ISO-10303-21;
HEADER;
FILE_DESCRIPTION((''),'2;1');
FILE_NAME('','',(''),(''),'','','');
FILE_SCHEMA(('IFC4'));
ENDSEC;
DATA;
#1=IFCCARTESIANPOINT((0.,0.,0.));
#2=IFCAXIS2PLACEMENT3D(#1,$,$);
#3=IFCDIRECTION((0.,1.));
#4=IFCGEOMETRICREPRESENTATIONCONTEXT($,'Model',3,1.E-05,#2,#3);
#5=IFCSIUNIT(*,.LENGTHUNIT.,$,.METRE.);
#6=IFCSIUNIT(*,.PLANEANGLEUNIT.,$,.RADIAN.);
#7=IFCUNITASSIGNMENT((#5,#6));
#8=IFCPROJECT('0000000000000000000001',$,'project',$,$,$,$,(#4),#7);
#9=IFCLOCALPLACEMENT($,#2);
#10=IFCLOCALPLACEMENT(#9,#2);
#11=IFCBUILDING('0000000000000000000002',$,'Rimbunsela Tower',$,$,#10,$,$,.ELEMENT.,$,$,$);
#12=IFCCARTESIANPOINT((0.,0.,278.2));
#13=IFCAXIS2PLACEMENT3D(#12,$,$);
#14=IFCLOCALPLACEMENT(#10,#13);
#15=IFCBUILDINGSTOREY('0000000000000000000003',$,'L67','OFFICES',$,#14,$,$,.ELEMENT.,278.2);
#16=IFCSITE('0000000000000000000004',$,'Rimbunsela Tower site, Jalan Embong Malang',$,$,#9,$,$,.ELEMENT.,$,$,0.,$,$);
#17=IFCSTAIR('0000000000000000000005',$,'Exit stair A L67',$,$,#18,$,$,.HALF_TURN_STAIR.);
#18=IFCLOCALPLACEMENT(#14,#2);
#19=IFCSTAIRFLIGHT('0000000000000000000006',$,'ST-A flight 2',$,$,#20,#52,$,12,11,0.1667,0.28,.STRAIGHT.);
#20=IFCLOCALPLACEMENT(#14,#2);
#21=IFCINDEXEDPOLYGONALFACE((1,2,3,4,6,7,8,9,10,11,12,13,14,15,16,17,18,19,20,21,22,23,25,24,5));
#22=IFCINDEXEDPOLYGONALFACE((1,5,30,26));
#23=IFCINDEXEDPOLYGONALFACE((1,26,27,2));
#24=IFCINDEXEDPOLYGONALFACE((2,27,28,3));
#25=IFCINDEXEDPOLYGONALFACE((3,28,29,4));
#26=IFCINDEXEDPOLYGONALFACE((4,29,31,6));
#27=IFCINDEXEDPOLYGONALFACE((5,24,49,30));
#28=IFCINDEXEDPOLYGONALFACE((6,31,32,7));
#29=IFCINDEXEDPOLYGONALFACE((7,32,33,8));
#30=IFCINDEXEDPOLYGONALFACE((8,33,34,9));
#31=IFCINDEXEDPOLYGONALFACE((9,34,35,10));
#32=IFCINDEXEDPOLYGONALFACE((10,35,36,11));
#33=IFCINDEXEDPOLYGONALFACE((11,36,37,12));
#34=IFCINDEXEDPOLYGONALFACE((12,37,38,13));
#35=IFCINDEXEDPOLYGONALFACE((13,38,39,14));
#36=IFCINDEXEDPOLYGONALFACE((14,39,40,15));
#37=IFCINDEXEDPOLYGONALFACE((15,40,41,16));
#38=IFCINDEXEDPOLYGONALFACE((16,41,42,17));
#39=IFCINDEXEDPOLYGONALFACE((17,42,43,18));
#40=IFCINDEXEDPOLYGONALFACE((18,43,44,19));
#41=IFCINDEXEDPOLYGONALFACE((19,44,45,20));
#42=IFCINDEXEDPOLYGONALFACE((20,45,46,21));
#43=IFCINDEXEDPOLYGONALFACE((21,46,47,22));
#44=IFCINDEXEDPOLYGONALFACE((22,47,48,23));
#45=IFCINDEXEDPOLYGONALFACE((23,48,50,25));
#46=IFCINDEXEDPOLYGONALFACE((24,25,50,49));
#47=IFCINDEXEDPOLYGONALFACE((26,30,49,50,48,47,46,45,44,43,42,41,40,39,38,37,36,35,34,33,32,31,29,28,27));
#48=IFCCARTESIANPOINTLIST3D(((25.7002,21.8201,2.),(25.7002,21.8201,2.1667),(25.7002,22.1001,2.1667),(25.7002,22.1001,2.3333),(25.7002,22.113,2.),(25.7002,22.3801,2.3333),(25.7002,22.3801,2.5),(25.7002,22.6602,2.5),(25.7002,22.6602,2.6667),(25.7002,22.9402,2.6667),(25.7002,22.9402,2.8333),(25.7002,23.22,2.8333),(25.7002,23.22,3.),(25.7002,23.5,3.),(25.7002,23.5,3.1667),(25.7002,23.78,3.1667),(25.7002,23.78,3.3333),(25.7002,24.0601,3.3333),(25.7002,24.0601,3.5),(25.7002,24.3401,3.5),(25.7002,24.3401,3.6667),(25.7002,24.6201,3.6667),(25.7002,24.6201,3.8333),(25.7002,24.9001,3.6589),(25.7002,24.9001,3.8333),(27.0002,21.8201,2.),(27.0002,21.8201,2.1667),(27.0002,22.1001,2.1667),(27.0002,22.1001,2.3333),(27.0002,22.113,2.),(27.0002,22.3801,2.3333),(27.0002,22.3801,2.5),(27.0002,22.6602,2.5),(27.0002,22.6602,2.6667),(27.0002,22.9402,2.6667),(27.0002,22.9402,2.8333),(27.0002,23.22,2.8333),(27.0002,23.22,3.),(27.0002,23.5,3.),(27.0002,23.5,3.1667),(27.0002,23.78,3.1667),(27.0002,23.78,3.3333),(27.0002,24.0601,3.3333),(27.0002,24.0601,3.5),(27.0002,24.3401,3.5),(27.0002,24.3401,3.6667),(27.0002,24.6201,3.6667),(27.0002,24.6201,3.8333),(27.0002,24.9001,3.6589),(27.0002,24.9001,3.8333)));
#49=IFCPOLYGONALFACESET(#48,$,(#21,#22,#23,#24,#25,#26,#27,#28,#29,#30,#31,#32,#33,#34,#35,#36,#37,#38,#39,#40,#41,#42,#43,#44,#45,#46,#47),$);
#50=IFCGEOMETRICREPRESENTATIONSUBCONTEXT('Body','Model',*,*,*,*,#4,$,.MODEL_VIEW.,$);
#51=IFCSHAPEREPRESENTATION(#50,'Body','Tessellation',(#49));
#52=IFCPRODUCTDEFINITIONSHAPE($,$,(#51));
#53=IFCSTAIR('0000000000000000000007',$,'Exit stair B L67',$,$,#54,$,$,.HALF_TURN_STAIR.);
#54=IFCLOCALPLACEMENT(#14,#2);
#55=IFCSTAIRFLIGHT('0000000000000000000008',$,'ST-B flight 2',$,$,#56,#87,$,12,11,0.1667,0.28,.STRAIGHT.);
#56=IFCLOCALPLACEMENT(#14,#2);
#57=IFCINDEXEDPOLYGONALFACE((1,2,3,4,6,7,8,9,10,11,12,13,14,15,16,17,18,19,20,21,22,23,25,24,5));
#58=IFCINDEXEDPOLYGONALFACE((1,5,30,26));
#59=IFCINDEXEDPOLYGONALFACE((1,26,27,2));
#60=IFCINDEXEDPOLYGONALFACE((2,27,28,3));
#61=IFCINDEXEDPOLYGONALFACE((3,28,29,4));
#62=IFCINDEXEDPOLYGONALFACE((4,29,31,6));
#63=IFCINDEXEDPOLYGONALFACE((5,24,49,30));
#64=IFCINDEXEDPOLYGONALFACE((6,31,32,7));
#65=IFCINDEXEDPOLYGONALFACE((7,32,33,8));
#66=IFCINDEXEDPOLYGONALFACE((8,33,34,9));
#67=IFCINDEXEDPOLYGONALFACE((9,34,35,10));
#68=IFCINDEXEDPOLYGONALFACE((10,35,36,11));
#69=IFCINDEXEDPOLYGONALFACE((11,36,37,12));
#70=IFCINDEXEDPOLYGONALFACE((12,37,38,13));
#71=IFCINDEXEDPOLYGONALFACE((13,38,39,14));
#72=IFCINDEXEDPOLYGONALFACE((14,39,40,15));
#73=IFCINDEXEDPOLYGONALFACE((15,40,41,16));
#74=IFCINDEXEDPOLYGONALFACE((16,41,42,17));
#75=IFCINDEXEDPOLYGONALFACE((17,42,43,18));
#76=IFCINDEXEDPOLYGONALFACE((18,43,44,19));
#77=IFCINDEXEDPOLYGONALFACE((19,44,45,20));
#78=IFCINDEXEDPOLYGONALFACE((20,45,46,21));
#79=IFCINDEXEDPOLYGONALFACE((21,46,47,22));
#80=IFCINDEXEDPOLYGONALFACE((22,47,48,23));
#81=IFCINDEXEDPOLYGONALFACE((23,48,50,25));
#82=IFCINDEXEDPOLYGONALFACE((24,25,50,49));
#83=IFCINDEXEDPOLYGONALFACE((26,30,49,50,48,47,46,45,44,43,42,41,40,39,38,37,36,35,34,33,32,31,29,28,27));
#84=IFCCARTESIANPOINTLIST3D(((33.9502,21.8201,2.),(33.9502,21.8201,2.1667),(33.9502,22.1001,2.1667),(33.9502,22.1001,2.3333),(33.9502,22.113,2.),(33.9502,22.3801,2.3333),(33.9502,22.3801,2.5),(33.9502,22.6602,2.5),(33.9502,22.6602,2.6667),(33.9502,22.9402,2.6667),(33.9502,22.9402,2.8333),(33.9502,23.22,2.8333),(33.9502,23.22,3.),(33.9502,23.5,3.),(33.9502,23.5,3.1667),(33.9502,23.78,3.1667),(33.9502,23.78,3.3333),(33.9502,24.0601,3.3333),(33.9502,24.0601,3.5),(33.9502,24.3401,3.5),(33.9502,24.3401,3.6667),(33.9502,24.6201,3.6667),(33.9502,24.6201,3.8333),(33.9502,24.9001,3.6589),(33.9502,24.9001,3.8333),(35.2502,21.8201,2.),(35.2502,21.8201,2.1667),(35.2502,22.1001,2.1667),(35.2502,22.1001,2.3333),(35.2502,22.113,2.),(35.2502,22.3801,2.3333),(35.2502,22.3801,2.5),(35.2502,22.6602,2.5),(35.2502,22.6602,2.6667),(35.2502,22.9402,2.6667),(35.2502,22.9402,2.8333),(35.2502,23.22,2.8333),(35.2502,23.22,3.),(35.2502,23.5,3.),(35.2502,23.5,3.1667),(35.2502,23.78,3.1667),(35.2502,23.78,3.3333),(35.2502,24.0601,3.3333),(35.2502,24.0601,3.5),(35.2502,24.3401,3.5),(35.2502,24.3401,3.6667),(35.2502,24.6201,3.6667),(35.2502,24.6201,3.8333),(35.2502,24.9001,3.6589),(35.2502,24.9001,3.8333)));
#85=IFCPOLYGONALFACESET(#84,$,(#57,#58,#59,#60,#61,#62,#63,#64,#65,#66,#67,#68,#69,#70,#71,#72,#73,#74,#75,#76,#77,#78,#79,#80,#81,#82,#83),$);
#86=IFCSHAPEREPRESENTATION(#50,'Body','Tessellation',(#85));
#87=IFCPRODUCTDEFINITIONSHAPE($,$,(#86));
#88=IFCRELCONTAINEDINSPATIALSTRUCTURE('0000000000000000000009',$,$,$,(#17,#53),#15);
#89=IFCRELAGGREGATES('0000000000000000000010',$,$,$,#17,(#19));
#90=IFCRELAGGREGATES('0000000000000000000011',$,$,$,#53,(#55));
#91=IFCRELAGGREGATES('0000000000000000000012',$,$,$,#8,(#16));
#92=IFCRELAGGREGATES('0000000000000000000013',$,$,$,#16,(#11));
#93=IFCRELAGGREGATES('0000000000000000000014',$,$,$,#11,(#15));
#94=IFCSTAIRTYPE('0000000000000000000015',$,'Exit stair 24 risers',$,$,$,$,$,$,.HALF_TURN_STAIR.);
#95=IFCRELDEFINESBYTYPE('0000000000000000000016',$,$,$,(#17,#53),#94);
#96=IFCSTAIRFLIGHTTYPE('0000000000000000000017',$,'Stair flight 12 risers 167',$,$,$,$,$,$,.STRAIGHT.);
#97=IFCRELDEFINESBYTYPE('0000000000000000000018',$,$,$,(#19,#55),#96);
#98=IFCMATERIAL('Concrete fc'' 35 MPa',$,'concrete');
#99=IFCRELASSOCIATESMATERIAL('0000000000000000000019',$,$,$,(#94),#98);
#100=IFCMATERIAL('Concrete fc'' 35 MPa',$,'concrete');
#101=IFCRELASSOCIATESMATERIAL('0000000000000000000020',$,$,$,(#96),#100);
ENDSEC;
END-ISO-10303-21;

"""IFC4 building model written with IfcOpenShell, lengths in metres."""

from ifc_helpers import new_model, si_unit, direction, frame, origin, place, context, subcontext, project, spatial, polyline, outline, extrude, material, type_object, element, aggregate, save


model = new_model("IFC4")

# Units and contexts
model_context = context("Model", 3, precision=1e-05, world=origin(), true_north=direction((0.0, 1.0)))
body_context = subcontext(model_context, "Body", "Model", "MODEL_VIEW")
ifc_project = project(units=[si_unit("LENGTHUNIT", "METRE"), si_unit("PLANEANGLEUNIT", "RADIAN")], contexts=[model_context])

# Site, building, storey
site_placement = place(None, origin())
site = spatial("IfcSite", under=ifc_project, at=site_placement, Name="Rimbunsela Tower site, Jalan Embong Malang", CompositionType="ELEMENT", RefElevation=0.0)
building_placement = place(site_placement, origin())
building = spatial("IfcBuilding", under=site, at=building_placement, Name="Rimbunsela Tower", CompositionType="ELEMENT")
storey_placement = place(building_placement, frame((0.0, 0.0, 278.2)))
storey = spatial("IfcBuildingStorey", under=building, at=storey_placement, Name="L67", Description="OFFICES", CompositionType="ELEMENT", Elevation=278.2)

# Stairs, stair flights
ifc_material_1 = material(Name="Concrete fc' 35 MPa", Category="concrete")
stair_type = type_object("IfcStairType", Name="Exit stair 24 risers", PredefinedType="HALF_TURN_STAIR", material=ifc_material_1)
stair_1_placement = place(storey_placement, origin())
stair_1 = element("IfcStair", 1, at=stair_1_placement, inside=storey, type_object=stair_type, Name="Exit stair A L67", PredefinedType="HALF_TURN_STAIR")
ifc_material_2 = material(Name="Concrete fc' 35 MPa", Category="concrete")
stair_flight_type = type_object("IfcStairFlightType", Name="Stair flight 12 risers 167", PredefinedType="STRAIGHT", material=ifc_material_2)
stair_flight_1_placement = place(storey_placement, frame((26.3501, 21.8201, 2.0), z_axis=(0.0, 0.0, 1.0), x_axis=(0.0, 1.0, 0.0)))
stair_flight_1 = element("IfcStairFlight", 2, at=stair_flight_1_placement, type_object=stair_flight_type, Name="ST-A flight 2", NumberOfRisers=12, NumberOfTreads=11, PredefinedType="STRAIGHT", RiserHeight=0.1667, TreadLength=0.28, context=body_context, shape_type="SweptSolid", body=[
    extrude(outline(polyline([(0.0, 0.0), (0.0, 0.1667), (0.28, 0.1667), (0.28, 0.3333), (0.5601, 0.3333), (0.5601, 0.5), (0.8401, 0.5), (0.8401, 0.6667), (1.1201, 0.6667), (1.1201, 0.8333), (1.3999, 0.8333), (1.3999, 1.0), (1.6799, 1.0), (1.6799, 1.1667), (1.96, 1.1667), (1.96, 1.3333), (2.24, 1.3333), (2.24, 1.5), (2.52, 1.5), (2.52, 1.6667), (2.8, 1.6667), (2.8, 1.8333), (3.0801, 1.8333), (3.0801, 2.0), (3.0801, 1.6589), (0.293, 0.0), (0.0, 0.0)])), frame((0.0, 0.6499, 0.0), z_axis=(0.0, -1.0, 0.0), x_axis=(1.0, 0.0, 0.0)), (0.0, 0.0, 1.0), 1.3),
])
aggregate(stair_1, [stair_flight_1])
stair_2_placement = place(storey_placement, origin())
stair_2 = element("IfcStair", 3, at=stair_2_placement, inside=storey, type_object=stair_type, Name="Exit stair B L67", PredefinedType="HALF_TURN_STAIR")
stair_flight_2_placement = place(storey_placement, frame((34.6001, 21.8201, 2.0), z_axis=(0.0, 0.0, 1.0), x_axis=(0.0, 1.0, 0.0)))
stair_flight_2 = element("IfcStairFlight", 4, at=stair_flight_2_placement, type_object=stair_flight_type, Name="ST-B flight 2", NumberOfRisers=12, NumberOfTreads=11, PredefinedType="STRAIGHT", RiserHeight=0.1667, TreadLength=0.28, context=body_context, shape_type="SweptSolid", body=[
    extrude(outline(polyline([(0.0, 0.0), (0.0, 0.1667), (0.28, 0.1667), (0.28, 0.3333), (0.5601, 0.3333), (0.5601, 0.5), (0.8401, 0.5), (0.8401, 0.6667), (1.1201, 0.6667), (1.1201, 0.8333), (1.3999, 0.8333), (1.3999, 1.0), (1.6799, 1.0), (1.6799, 1.1667), (1.96, 1.1667), (1.96, 1.3333), (2.24, 1.3333), (2.24, 1.5), (2.52, 1.5), (2.52, 1.6667), (2.8, 1.6667), (2.8, 1.8333), (3.0801, 1.8333), (3.0801, 2.0), (3.0801, 1.6589), (0.293, 0.0), (0.0, 0.0)])), frame((0.0, 0.6499, 0.0), z_axis=(0.0, -1.0, 0.0), x_axis=(1.0, 0.0, 0.0)), (0.0, 0.0, 1.0), 1.3),
])
aggregate(stair_2, [stair_flight_2])

save(model, "model.ifc")
